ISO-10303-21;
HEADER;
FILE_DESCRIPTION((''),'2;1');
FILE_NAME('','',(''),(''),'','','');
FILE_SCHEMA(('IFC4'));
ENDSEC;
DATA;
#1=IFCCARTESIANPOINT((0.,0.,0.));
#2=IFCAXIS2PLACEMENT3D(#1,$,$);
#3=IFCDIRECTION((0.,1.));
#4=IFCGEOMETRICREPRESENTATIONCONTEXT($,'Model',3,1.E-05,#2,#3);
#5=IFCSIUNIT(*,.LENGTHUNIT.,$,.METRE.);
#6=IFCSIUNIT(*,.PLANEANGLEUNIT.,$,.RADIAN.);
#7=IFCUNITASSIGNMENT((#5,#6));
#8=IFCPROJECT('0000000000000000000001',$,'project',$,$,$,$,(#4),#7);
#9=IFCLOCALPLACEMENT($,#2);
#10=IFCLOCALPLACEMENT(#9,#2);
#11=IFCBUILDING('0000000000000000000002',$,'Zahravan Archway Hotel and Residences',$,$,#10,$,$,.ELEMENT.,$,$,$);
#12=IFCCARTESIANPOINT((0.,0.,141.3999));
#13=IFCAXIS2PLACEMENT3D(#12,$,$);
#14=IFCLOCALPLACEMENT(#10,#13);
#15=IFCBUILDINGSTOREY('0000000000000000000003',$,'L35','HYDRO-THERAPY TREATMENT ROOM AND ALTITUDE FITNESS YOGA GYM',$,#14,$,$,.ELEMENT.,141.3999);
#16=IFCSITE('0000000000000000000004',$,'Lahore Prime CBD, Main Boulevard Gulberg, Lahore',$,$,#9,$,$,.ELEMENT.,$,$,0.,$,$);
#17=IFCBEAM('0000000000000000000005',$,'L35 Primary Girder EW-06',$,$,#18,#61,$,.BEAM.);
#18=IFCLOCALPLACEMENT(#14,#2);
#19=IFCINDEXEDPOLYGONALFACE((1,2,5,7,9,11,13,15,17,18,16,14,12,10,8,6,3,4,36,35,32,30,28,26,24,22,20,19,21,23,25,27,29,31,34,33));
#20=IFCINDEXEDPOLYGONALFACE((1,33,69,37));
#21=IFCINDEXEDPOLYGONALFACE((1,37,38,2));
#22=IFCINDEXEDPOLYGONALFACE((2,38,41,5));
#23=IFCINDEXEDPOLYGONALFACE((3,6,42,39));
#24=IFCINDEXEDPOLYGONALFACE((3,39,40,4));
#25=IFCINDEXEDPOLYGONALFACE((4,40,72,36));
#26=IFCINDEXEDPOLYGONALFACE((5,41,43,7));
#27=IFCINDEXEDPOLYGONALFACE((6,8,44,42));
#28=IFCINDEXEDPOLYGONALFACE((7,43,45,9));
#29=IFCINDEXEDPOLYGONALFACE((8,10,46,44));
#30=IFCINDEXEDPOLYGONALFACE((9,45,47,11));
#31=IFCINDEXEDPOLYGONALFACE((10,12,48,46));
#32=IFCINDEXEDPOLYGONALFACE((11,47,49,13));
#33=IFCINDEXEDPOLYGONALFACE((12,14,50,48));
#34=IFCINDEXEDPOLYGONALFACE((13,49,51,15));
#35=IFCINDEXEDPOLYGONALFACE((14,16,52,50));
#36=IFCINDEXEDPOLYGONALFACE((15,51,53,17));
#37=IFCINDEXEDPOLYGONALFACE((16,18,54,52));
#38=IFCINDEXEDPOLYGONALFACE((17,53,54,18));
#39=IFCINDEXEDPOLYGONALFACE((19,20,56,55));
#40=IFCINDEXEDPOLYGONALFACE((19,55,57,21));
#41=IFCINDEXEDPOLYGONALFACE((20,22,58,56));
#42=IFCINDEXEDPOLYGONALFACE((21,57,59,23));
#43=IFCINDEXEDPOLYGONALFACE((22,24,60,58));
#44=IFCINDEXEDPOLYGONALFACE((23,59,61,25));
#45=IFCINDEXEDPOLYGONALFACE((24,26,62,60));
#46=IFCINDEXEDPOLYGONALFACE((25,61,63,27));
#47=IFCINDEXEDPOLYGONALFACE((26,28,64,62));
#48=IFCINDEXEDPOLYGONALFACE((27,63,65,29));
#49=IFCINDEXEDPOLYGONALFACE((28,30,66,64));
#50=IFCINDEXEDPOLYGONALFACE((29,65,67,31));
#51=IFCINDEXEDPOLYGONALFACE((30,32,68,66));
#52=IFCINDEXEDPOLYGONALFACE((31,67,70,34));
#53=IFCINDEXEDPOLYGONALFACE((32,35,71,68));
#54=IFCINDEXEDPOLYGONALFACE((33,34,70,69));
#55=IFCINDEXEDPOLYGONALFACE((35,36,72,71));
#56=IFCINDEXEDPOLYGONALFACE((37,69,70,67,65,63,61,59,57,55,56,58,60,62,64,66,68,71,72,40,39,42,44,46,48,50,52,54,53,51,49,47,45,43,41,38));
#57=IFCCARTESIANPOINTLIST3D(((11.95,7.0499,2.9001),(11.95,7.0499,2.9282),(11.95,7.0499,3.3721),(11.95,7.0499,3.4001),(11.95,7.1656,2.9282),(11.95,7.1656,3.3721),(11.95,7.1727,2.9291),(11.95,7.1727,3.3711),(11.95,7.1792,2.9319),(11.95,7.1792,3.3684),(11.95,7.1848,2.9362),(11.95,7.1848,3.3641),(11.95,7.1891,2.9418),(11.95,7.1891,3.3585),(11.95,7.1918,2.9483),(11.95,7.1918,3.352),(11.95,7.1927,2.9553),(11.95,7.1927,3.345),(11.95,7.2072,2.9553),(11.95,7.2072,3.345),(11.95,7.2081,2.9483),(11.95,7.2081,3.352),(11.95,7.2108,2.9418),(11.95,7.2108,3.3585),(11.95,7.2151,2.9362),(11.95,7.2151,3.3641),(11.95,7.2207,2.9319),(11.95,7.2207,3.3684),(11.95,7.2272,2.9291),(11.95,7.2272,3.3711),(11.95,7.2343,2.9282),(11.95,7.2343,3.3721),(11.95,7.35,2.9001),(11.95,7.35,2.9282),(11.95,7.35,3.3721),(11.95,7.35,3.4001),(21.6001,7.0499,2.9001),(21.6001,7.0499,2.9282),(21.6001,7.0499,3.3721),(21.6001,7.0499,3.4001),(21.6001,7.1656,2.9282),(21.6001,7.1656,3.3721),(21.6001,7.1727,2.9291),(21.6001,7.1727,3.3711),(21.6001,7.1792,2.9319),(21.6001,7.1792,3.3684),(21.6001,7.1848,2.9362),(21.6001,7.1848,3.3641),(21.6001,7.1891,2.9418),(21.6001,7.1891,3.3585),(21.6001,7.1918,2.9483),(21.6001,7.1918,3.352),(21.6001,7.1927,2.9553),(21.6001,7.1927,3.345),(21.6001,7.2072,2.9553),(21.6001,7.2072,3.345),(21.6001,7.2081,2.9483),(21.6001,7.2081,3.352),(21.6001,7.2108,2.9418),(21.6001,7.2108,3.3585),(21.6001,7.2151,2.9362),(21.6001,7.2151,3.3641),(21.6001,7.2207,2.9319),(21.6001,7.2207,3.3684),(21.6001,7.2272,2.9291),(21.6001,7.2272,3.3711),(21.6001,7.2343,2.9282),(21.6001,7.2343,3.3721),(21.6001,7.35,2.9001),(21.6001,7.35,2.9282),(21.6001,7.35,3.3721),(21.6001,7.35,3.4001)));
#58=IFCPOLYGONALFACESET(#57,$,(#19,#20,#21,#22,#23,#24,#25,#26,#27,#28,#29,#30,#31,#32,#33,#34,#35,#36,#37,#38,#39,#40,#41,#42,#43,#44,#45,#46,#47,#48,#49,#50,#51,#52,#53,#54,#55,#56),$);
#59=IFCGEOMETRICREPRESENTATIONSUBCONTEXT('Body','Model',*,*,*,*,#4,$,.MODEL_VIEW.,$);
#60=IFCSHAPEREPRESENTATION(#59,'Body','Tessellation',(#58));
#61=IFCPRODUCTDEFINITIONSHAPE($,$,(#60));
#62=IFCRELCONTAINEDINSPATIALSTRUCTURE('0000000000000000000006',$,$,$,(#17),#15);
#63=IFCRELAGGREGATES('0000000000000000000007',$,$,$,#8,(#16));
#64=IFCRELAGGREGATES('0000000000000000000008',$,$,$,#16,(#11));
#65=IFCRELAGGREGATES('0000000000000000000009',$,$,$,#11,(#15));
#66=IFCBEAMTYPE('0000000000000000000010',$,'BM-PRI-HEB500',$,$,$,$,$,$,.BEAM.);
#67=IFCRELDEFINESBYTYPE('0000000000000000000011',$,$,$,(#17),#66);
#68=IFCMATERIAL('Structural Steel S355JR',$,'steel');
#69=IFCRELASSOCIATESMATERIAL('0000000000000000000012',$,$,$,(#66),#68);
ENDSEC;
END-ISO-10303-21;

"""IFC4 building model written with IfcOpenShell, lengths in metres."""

from ifc_helpers import new_model, si_unit, direction, frame, origin, origin_2d, place, context, subcontext, project, spatial, i_section, extrude, source, transform, mapped, material, material_profile, profile_set, type_object, element, save


model = new_model("IFC4")

# Units and contexts
model_context = context("Model", 3, precision=1e-05, world=origin(), true_north=direction((0.0, 1.0)))
body_context = subcontext(model_context, "Body", "Model", "MODEL_VIEW")
ifc_project = project(units=[si_unit("LENGTHUNIT", "METRE"), si_unit("PLANEANGLEUNIT", "RADIAN")], contexts=[model_context])

# Site, building, storey
site_placement = place(None, origin())
site = spatial("IfcSite", under=ifc_project, at=site_placement, Name="Lahore Prime CBD, Main Boulevard Gulberg, Lahore", CompositionType="ELEMENT", RefElevation=0.0)
building_placement = place(site_placement, origin())
building = spatial("IfcBuilding", under=site, at=building_placement, Name="Zahravan Archway Hotel and Residences", CompositionType="ELEMENT")
storey_placement = place(building_placement, frame((0.0, 0.0, 141.3999)))
storey = spatial("IfcBuildingStorey", under=building, at=storey_placement, Name="L35", Description="HYDRO-THERAPY TREATMENT ROOM AND ALTITUDE FITNESS YOGA GYM", CompositionType="ELEMENT", Elevation=141.3999)

# Beam
ifc_material_1 = material(Name="Structural Steel S355JR", Category="steel")
ifc_material_profile = material_profile(ifc_material_1, i_section(OverallWidth=0.3, OverallDepth=0.5, WebThickness=0.0144, FlangeThickness=0.0281, FilletRadius=0.0271, at=origin_2d()), Name="HEB 500", Category="steel")
ifc_profile_set = profile_set([ifc_material_profile], Name="Structural Steel S355JR")
beam_type = type_object("IfcBeamType", Name="BM-PRI-HEB500", PredefinedType="BEAM", material=ifc_profile_set)
shared_shape_1 = source(origin(), body_context, "Body", "SweptSolid", [
    extrude(i_section(OverallWidth=0.3, OverallDepth=0.5, WebThickness=0.0144, FlangeThickness=0.0281, FilletRadius=0.0271, at=origin_2d()), origin(), (0.0, 0.0, 1.0), 9.6501),
])
beam_placement = place(storey_placement, frame((11.95, 7.2, 3.1501), z_axis=(1.0, 0.0, 0.0), x_axis=(0.0, 1.0, 0.0)))
element("IfcBeam", 1, at=beam_placement, inside=storey, type_object=beam_type, Name="L35 Primary Girder EW-06", PredefinedType="BEAM", context=body_context, shape_type="MappedRepresentation", body=[
    mapped(shared_shape_1, transform((0.0, 0.0, 0.0), scale=1.0)),
])

save(model, "model.ifc")
